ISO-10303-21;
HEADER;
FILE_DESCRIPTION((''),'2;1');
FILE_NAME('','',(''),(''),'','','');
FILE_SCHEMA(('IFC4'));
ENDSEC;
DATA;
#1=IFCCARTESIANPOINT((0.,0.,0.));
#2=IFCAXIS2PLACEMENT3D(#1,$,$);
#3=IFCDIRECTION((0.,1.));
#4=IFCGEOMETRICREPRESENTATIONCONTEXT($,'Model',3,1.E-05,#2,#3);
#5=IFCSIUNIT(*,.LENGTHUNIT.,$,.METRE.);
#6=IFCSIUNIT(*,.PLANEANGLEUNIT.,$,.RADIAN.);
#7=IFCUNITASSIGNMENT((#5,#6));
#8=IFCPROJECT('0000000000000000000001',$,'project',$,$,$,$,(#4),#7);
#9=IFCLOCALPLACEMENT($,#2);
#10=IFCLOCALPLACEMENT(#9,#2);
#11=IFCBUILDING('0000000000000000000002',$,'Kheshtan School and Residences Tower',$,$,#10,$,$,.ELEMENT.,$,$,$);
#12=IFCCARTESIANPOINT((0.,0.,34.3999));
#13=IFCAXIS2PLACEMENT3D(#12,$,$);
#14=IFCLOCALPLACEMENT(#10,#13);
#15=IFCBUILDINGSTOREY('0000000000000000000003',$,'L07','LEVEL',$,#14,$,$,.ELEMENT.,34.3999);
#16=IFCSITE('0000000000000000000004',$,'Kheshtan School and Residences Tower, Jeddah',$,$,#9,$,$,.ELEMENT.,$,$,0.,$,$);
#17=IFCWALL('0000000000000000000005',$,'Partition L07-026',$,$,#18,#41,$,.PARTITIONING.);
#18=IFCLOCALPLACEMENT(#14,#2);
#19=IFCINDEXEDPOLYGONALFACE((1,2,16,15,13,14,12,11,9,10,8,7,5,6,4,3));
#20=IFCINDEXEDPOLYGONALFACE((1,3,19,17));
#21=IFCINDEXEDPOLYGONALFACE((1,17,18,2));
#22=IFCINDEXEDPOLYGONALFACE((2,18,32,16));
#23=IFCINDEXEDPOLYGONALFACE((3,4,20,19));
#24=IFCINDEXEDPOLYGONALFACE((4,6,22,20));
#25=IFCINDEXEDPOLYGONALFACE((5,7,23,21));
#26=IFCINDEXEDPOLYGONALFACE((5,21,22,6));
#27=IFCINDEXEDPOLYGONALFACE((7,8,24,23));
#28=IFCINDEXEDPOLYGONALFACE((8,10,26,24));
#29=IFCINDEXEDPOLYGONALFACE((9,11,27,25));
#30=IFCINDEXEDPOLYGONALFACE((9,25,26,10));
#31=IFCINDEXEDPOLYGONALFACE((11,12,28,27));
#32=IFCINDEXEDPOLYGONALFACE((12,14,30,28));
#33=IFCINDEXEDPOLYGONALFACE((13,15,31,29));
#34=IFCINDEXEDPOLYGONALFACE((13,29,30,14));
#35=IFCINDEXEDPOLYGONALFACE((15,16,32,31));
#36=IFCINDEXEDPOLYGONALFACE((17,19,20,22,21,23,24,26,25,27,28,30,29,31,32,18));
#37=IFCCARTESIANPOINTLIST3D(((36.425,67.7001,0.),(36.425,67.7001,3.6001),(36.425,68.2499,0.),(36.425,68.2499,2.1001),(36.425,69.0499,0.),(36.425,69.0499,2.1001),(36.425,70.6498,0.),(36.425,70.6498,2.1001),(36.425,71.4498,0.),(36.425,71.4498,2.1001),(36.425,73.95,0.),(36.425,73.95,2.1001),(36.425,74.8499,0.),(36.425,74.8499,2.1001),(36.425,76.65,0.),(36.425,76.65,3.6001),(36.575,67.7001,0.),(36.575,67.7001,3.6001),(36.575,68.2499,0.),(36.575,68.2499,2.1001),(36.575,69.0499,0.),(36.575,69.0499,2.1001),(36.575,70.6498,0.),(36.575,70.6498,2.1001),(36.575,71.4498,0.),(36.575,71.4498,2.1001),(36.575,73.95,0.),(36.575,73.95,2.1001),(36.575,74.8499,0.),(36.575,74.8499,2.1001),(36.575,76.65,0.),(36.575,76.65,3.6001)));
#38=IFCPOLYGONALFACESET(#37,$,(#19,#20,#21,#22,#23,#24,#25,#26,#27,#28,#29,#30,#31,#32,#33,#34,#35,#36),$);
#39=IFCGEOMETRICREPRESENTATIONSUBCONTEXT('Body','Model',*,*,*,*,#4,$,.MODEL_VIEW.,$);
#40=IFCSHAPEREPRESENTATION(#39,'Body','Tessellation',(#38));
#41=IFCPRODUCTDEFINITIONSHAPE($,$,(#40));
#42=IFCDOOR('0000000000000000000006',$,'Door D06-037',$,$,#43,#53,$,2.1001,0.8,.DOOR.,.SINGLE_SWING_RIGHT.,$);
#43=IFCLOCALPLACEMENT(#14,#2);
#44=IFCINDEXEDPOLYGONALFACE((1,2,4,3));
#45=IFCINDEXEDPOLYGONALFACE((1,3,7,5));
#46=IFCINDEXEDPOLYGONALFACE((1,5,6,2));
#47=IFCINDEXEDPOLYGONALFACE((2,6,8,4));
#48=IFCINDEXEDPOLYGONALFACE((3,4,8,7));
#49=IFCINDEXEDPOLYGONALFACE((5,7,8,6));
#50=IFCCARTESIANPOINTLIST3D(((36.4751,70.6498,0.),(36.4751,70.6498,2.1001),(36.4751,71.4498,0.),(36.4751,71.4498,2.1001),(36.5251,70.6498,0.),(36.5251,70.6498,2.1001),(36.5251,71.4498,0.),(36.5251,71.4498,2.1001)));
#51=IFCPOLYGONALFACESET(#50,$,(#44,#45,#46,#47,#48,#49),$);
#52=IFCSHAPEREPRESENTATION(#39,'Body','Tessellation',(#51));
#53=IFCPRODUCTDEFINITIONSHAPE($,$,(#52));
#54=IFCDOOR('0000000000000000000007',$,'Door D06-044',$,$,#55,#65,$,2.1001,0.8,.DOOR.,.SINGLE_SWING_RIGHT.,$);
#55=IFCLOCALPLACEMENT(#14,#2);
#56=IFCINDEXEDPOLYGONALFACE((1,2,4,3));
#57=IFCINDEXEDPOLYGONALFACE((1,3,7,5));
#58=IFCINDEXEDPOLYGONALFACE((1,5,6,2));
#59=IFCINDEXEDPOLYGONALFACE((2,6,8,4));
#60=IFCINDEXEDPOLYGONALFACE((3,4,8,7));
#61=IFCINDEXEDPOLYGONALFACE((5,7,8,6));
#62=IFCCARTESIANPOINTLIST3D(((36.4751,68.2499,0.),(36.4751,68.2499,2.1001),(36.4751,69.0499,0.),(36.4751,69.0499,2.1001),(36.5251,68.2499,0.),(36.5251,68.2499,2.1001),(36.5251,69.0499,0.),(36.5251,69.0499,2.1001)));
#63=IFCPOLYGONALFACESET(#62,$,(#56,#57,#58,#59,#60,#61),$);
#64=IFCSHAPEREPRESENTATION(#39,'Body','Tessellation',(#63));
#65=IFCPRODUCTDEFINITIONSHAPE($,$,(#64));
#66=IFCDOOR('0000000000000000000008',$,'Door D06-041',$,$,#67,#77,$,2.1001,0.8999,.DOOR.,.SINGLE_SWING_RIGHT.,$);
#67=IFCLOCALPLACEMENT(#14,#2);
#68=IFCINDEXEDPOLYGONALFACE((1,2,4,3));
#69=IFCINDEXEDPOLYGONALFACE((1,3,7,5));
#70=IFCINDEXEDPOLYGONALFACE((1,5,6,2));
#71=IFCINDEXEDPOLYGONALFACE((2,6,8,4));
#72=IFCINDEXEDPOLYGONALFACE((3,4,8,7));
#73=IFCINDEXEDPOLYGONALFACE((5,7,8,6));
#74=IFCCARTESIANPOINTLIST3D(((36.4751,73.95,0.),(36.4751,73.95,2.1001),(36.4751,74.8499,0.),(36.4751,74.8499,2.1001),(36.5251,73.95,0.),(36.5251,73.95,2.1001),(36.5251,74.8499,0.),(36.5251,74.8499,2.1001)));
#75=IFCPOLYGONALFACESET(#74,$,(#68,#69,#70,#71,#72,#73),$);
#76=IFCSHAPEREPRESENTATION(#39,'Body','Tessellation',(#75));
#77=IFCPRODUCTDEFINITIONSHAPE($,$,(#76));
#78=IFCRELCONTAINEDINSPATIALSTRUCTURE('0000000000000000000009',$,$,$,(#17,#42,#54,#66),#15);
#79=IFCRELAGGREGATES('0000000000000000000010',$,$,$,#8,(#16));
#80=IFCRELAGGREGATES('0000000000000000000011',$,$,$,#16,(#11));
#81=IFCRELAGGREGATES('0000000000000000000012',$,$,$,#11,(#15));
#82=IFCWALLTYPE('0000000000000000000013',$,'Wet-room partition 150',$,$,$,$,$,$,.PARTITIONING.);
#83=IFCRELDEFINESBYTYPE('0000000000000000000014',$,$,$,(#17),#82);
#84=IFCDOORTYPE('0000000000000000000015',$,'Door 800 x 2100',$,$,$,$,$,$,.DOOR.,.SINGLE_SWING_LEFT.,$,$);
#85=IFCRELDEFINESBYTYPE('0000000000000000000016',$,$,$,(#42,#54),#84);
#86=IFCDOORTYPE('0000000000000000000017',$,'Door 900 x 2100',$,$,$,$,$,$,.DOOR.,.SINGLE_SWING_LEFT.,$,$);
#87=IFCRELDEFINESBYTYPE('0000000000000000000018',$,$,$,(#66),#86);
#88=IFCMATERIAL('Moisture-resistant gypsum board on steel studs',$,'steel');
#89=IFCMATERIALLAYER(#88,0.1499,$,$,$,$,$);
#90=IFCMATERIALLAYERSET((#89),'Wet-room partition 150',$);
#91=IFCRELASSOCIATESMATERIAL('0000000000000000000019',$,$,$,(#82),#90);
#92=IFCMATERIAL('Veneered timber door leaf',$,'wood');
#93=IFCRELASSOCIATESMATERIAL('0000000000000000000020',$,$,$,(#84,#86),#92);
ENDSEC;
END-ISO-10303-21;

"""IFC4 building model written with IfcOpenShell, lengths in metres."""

from ifc_helpers import new_model, si_unit, direction, frame, frame_2d, origin, place, context, subcontext, project, spatial, rectangle, extrude, source, transform, mapped, material, layer, layer_set, type_object, element, fill, save


model = new_model("IFC4")

# Units and contexts
model_context = context("Model", 3, precision=1e-05, world=origin(), true_north=direction((0.0, 1.0)))
body_context = subcontext(model_context, "Body", "Model", "MODEL_VIEW")
ifc_project = project(units=[si_unit("LENGTHUNIT", "METRE"), si_unit("PLANEANGLEUNIT", "RADIAN")], contexts=[model_context])

# Site, building, storey
site_placement = place(None, origin())
site = spatial("IfcSite", under=ifc_project, at=site_placement, Name="Kheshtan School and Residences Tower, Jeddah", CompositionType="ELEMENT", RefElevation=0.0)
building_placement = place(site_placement, origin())
building = spatial("IfcBuilding", under=site, at=building_placement, Name="Kheshtan School and Residences Tower", CompositionType="ELEMENT")
storey_placement = place(building_placement, frame((0.0, 0.0, 34.3999)))
storey = spatial("IfcBuildingStorey", under=building, at=storey_placement, Name="L07", Description="LEVEL", CompositionType="ELEMENT", Elevation=34.3999)

# Shared definitions
ifc_material_1 = material(Name="Moisture-resistant gypsum board on steel studs", Category="steel")
ifc_layer_1 = layer(ifc_material_1, 0.1499)
ifc_layer_set_1 = layer_set([ifc_layer_1], Name="Wet-room partition 150")
wall_type_1 = type_object("IfcWallType", Name="Wet-room partition 150", PredefinedType="PARTITIONING", material=ifc_layer_set_1)

# Shared definitions
ifc_material_2 = material(Name="Veneered timber door leaf", Category="wood")
door_type_1 = type_object("IfcDoorType", Name="Door 800 x 2100", OperationType="SINGLE_SWING_LEFT", PredefinedType="DOOR", material=ifc_material_2)
shared_shape_1 = source(origin(), body_context, "Body", "SweptSolid", [
    extrude(rectangle(XDim=0.8, YDim=2.1001, at=frame_2d((0.3999, 1.05))), frame((0.0, 0.0249, 0.0), z_axis=(0.0, -1.0, 0.0), x_axis=(1.0, 0.0, 0.0)), (0.0, 0.0, 1.0), 0.05),
])

# Wall, openings, doors
wall_1_placement = place(storey_placement, frame((36.5, 67.7, 0.0), z_axis=(0.0, 0.0, 1.0), x_axis=(0.0, 1.0, 0.0)))
wall_1 = element("IfcWall", 1, at=wall_1_placement, inside=storey, type_object=wall_type_1, Name="Partition L07-026", PredefinedType="PARTITIONING", context=body_context, shape_type="SweptSolid", body=[
    extrude(rectangle(XDim=8.95, YDim=0.1499, at=frame_2d((4.4751, 0.0))), origin(), (0.0, 0.0, 1.0), 3.6001),
])
opening_1_placement = place(wall_1_placement, frame((2.95, 0.0, 0.0)))
opening_1 = element("IfcOpeningElement", 2, at=opening_1_placement, cuts=wall_1, PredefinedType="OPENING", context=body_context, shape_type="SweptSolid", body=[
    extrude(rectangle(XDim=0.8, YDim=2.1001, at=frame_2d((0.3999, 1.05))), frame((0.0, 0.085, 0.0), z_axis=(0.0, -1.0, 0.0), x_axis=(1.0, 0.0, 0.0)), (0.0, 0.0, 1.0), 0.1699),
])
opening_2_placement = place(wall_1_placement, frame((6.25, 0.0, 0.0)))
opening_2 = element("IfcOpeningElement", 3, at=opening_2_placement, cuts=wall_1, PredefinedType="OPENING", context=body_context, shape_type="SweptSolid", body=[
    extrude(rectangle(XDim=0.8999, YDim=2.1001, at=frame_2d((0.45, 1.05))), frame((0.0, 0.085, 0.0), z_axis=(0.0, -1.0, 0.0), x_axis=(1.0, 0.0, 0.0)), (0.0, 0.0, 1.0), 0.1699),
])
opening_3_placement = place(wall_1_placement, frame((0.55, 0.0, 0.0)))
opening_3 = element("IfcOpeningElement", 4, at=opening_3_placement, cuts=wall_1, PredefinedType="OPENING", context=body_context, shape_type="SweptSolid", body=[
    extrude(rectangle(XDim=0.8, YDim=2.1001, at=frame_2d((0.3999, 1.05))), frame((0.0, 0.085, 0.0), z_axis=(0.0, -1.0, 0.0), x_axis=(1.0, 0.0, 0.0)), (0.0, 0.0, 1.0), 0.1699),
])
door_1_placement = place(opening_1_placement, origin())
door_1 = element("IfcDoor", 5, at=door_1_placement, inside=storey, type_object=door_type_1, Name="Door D06-037", OperationType="SINGLE_SWING_RIGHT", OverallHeight=2.1001, OverallWidth=0.8, PredefinedType="DOOR", context=body_context, shape_type="MappedRepresentation", body=[
    mapped(shared_shape_1, transform((0.0, 0.0, 0.0), x_axis=(1.0, 0.0, 0.0), y_axis=(0.0, 1.0, 0.0), z_axis=(0.0, 0.0, 1.0), scale=1.0)),
])
fill(opening_1, door_1)
door_2_placement = place(opening_3_placement, origin())
door_2 = element("IfcDoor", 6, at=door_2_placement, inside=storey, type_object=door_type_1, Name="Door D06-044", OperationType="SINGLE_SWING_RIGHT", OverallHeight=2.1001, OverallWidth=0.8, PredefinedType="DOOR", context=body_context, shape_type="MappedRepresentation", body=[
    mapped(shared_shape_1, transform((0.0, 0.0, 0.0), x_axis=(1.0, 0.0, 0.0), y_axis=(0.0, 1.0, 0.0), z_axis=(0.0, 0.0, 1.0), scale=1.0)),
])
fill(opening_3, door_2)
door_type_2 = type_object("IfcDoorType", Name="Door 900 x 2100", OperationType="SINGLE_SWING_LEFT", PredefinedType="DOOR", material=ifc_material_2)
shared_shape_2 = source(origin(), body_context, "Body", "SweptSolid", [
    extrude(rectangle(XDim=0.8999, YDim=2.1001, at=frame_2d((0.45, 1.05))), frame((0.0, 0.0249, 0.0), z_axis=(0.0, -1.0, 0.0), x_axis=(1.0, 0.0, 0.0)), (0.0, 0.0, 1.0), 0.05),
])
door_3_placement = place(opening_2_placement, origin())
door_3 = element("IfcDoor", 7, at=door_3_placement, inside=storey, type_object=door_type_2, Name="Door D06-041", OperationType="SINGLE_SWING_RIGHT", OverallHeight=2.1001, OverallWidth=0.8999, PredefinedType="DOOR", context=body_context, shape_type="MappedRepresentation", body=[
    mapped(shared_shape_2, transform((0.0, 0.0, 0.0), x_axis=(1.0, 0.0, 0.0), y_axis=(0.0, 1.0, 0.0), z_axis=(0.0, 0.0, 1.0), scale=1.0)),
])
fill(opening_2, door_3)

save(model, "model.ifc")
